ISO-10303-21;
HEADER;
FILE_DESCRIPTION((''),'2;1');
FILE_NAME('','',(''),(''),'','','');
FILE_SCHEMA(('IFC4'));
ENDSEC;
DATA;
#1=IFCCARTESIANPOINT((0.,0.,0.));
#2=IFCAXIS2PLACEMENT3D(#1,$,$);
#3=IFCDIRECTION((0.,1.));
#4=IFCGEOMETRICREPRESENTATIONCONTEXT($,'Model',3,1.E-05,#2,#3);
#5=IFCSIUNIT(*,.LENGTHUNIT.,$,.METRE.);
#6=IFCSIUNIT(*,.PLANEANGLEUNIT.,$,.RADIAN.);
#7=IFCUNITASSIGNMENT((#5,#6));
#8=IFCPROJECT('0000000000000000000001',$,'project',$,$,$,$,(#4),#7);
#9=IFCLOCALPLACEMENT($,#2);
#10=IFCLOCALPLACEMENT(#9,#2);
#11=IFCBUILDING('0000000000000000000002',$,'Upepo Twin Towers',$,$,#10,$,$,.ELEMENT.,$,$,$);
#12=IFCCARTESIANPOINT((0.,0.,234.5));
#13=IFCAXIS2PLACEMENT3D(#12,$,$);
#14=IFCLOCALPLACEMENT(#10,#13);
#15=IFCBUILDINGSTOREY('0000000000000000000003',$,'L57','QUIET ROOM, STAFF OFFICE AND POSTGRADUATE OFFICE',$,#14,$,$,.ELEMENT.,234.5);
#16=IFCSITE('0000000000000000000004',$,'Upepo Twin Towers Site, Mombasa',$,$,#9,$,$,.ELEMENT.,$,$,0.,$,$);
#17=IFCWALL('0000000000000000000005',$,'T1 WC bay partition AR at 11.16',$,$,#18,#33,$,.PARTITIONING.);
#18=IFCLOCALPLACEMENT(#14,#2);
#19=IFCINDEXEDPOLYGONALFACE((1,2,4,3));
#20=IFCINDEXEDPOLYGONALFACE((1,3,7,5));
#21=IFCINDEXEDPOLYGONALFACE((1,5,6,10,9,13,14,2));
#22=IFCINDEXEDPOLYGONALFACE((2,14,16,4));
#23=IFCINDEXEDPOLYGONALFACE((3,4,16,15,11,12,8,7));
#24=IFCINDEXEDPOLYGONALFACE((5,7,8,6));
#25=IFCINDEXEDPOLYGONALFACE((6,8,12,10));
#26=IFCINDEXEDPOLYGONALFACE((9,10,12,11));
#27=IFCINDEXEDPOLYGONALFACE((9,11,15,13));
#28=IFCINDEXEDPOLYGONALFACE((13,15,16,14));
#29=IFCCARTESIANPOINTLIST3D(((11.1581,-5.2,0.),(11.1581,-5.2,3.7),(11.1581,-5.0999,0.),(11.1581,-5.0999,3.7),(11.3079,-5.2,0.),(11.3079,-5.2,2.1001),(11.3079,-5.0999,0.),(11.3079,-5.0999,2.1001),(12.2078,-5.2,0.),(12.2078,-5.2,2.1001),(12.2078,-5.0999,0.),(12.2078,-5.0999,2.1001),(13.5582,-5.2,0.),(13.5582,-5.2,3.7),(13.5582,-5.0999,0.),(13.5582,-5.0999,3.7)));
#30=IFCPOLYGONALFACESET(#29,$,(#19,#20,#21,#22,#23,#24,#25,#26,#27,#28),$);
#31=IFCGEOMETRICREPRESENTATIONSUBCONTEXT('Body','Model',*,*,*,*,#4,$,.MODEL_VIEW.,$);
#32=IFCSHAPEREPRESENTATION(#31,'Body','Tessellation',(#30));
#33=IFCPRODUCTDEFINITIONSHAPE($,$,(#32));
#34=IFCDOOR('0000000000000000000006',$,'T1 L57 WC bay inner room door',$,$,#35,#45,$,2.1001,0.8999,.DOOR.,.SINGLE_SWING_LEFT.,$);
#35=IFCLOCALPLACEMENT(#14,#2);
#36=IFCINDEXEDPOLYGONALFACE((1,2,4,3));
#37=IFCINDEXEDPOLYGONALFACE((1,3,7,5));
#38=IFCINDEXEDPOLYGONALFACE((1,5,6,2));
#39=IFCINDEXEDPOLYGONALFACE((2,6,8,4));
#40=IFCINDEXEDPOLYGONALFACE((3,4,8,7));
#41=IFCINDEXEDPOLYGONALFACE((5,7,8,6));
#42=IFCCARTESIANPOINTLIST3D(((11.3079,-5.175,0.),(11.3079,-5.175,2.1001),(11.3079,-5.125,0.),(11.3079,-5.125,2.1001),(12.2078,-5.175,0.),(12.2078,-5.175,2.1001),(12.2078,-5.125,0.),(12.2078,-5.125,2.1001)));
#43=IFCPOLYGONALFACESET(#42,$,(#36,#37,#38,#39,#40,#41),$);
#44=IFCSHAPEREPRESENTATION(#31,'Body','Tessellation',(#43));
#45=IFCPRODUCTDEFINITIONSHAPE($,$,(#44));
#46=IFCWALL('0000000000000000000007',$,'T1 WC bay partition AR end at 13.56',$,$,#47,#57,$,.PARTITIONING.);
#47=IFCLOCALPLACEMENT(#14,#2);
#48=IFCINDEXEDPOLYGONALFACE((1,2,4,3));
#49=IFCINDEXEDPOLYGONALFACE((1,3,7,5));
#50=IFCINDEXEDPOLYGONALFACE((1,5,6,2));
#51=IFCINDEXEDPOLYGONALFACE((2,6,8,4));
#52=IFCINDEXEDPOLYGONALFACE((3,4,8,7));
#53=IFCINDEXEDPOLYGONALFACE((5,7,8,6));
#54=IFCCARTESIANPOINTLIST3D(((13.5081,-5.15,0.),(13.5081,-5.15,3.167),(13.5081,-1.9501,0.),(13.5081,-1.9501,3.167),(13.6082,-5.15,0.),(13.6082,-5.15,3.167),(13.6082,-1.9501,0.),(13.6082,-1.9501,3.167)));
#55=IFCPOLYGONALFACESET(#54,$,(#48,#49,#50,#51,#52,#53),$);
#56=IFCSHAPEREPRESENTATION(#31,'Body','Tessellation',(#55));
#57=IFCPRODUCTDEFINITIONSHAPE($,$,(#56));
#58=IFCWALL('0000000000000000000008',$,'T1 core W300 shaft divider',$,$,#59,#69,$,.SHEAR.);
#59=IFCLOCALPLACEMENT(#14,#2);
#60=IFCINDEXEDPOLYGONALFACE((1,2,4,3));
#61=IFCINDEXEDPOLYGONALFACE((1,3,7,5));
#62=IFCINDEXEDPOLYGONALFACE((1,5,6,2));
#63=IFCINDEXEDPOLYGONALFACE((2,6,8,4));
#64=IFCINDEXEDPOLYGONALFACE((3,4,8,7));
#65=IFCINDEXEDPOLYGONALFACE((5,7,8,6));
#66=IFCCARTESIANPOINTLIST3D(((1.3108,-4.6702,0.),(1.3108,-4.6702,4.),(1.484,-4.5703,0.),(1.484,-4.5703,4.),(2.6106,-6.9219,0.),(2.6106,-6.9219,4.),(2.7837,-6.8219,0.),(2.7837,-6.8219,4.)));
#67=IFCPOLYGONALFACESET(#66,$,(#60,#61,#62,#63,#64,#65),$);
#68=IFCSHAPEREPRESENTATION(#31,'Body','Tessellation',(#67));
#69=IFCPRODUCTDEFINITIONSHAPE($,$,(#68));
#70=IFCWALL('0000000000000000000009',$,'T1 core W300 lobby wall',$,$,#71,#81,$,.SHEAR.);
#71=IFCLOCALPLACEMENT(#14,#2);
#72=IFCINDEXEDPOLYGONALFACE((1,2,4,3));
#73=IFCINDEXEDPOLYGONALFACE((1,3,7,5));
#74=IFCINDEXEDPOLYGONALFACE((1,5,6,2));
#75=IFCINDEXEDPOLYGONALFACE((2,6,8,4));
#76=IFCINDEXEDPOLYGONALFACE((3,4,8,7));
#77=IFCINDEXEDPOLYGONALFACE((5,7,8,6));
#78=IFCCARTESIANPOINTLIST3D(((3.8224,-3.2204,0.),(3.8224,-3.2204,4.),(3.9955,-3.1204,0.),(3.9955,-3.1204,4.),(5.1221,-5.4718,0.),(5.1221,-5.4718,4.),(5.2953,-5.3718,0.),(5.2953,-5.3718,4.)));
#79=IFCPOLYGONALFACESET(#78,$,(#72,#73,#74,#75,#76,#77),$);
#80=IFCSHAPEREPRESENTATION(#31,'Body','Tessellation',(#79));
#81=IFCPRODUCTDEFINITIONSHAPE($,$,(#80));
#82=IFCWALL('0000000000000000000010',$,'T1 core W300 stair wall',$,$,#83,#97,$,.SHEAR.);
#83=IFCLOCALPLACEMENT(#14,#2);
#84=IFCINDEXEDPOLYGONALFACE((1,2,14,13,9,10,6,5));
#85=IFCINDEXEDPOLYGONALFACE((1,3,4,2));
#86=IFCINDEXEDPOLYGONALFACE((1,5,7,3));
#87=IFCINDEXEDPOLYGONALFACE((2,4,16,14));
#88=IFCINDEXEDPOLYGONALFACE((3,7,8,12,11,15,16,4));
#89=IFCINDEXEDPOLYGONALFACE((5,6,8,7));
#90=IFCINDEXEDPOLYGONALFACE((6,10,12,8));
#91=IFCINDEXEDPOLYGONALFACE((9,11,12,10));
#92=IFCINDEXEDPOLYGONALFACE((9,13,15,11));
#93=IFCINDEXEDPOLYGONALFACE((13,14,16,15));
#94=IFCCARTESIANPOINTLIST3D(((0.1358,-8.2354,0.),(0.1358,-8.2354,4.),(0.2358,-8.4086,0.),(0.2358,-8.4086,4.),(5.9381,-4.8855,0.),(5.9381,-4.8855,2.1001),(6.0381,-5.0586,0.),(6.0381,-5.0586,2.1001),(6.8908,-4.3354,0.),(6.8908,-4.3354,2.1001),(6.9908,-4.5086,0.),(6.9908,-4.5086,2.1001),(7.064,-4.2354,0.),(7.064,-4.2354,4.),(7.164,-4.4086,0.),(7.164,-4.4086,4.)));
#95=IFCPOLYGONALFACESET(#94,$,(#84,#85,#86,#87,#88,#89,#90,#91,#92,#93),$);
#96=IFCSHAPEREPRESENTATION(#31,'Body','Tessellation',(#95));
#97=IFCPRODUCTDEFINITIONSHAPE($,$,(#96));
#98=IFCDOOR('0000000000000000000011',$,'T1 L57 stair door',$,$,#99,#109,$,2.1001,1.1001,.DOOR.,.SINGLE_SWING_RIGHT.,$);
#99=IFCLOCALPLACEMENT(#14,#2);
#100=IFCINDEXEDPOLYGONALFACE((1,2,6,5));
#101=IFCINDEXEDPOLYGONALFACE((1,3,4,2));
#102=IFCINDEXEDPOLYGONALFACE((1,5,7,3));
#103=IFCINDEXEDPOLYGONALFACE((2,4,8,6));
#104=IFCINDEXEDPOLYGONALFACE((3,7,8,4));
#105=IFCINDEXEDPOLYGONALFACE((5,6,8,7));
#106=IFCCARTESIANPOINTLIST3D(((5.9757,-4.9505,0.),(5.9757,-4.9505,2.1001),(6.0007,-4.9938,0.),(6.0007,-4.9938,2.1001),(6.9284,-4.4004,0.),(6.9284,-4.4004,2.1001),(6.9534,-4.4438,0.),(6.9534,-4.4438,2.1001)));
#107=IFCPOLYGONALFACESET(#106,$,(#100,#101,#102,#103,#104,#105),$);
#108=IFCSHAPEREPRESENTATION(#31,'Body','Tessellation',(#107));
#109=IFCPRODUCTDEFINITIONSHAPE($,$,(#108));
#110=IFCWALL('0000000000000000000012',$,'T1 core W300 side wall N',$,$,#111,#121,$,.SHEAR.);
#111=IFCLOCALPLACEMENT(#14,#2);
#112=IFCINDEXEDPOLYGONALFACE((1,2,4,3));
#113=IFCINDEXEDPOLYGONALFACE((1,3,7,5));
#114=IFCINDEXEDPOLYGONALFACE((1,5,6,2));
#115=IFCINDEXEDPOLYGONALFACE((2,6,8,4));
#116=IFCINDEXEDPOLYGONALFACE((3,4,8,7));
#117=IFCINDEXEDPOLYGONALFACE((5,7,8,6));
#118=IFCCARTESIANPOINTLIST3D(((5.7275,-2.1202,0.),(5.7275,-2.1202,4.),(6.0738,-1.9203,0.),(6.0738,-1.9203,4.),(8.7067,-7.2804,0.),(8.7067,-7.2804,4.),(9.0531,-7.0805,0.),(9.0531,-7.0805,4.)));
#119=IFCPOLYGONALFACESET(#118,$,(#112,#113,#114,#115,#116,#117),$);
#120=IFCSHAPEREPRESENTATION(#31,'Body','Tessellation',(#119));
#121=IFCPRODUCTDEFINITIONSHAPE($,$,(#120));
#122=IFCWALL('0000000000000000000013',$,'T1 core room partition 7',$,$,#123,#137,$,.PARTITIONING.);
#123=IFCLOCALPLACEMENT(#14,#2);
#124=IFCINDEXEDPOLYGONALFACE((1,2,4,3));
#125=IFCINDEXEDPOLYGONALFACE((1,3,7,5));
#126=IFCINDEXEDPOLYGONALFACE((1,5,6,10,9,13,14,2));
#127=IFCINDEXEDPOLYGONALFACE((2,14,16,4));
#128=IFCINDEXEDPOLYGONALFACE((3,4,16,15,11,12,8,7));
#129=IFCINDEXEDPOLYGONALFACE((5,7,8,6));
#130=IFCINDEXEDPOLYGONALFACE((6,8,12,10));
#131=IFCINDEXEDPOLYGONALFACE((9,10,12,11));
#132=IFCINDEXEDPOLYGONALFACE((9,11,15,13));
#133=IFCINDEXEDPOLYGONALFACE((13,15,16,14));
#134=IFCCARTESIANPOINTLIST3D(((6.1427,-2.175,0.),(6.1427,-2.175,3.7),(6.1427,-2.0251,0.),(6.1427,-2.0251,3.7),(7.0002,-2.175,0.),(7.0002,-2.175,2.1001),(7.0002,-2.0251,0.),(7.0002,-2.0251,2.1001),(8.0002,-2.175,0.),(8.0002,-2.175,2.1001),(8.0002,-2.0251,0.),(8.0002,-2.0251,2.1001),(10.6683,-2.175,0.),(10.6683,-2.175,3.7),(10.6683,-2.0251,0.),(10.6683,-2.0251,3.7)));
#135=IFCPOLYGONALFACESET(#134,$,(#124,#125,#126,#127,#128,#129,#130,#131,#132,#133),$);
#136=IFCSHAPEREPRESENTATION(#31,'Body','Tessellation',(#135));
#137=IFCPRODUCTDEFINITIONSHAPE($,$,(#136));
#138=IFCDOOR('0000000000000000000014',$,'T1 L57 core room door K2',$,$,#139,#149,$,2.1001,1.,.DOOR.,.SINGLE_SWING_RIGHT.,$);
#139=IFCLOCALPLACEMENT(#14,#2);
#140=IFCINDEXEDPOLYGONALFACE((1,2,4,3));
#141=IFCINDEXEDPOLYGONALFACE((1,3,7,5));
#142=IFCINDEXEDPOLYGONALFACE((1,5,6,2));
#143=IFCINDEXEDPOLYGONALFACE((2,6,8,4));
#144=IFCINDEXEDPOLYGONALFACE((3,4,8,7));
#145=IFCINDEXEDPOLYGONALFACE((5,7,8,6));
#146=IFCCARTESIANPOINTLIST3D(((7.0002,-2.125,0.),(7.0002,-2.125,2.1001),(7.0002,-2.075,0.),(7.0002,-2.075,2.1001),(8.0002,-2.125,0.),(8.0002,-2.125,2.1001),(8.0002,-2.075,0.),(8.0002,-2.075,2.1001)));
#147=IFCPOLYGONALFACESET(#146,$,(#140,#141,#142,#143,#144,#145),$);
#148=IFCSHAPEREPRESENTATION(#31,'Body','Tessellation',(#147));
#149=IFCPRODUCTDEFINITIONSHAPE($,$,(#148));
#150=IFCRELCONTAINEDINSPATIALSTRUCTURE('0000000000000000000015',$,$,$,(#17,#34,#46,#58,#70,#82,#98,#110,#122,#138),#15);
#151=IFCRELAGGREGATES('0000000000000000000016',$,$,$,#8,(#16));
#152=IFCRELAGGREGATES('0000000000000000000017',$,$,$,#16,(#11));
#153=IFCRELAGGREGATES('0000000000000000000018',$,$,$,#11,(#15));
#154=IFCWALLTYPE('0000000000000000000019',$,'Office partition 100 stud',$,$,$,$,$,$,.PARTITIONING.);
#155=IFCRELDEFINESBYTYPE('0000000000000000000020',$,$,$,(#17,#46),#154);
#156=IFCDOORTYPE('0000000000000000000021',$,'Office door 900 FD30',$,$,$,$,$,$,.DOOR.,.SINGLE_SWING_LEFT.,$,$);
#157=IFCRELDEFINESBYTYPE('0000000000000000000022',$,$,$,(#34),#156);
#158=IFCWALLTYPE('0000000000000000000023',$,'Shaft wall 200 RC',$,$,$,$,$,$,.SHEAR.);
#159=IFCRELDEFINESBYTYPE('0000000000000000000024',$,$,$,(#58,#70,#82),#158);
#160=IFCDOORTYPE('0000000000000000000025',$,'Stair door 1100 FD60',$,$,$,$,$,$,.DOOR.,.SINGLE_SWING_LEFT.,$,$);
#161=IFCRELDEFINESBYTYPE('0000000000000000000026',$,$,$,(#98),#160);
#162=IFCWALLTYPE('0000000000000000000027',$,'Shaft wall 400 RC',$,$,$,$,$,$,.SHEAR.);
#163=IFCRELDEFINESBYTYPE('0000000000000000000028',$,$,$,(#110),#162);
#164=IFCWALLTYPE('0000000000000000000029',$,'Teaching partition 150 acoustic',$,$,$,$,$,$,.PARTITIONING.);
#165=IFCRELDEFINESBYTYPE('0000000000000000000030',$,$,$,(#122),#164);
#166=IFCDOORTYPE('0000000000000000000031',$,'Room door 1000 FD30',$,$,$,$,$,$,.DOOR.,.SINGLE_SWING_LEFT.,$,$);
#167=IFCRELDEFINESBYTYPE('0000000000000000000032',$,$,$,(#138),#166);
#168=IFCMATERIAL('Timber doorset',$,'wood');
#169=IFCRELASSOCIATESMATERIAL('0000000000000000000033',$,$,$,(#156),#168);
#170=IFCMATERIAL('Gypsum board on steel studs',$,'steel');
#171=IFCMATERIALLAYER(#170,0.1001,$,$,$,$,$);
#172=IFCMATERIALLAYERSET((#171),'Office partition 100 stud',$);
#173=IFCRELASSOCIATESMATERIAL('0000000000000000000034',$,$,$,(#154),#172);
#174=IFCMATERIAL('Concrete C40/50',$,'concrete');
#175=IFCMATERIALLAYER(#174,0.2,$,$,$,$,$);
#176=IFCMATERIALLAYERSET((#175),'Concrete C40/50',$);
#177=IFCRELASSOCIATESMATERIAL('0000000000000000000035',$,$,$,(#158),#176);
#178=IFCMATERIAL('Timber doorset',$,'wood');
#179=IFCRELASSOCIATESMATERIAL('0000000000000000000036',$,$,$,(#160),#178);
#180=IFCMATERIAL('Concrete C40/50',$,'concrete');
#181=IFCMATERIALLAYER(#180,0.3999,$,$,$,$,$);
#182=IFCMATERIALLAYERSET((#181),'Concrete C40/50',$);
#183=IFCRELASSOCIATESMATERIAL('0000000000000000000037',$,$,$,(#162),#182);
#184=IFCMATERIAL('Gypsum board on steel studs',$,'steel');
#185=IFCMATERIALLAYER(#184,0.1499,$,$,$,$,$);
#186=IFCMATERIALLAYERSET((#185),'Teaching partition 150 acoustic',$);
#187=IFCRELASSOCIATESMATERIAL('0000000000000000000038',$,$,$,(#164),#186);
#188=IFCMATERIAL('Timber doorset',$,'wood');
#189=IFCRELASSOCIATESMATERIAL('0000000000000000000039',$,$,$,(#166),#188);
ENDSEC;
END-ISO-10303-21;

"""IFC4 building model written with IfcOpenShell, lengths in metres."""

from ifc_helpers import new_model, si_unit, direction, frame, frame_2d, origin, place, context, subcontext, project, spatial, rectangle, extrude, material, layer, layer_set, type_object, element, fill, save


model = new_model("IFC4")

# Units and contexts
model_context = context("Model", 3, precision=1e-05, world=origin(), true_north=direction((0.0, 1.0)))
body_context = subcontext(model_context, "Body", "Model", "MODEL_VIEW")
ifc_project = project(units=[si_unit("LENGTHUNIT", "METRE"), si_unit("PLANEANGLEUNIT", "RADIAN")], contexts=[model_context])

# Site, building, storey
site_placement = place(None, origin())
site = spatial("IfcSite", under=ifc_project, at=site_placement, Name="Upepo Twin Towers Site, Mombasa", CompositionType="ELEMENT", RefElevation=0.0)
building_placement = place(site_placement, origin())
building = spatial("IfcBuilding", under=site, at=building_placement, Name="Upepo Twin Towers", CompositionType="ELEMENT")
storey_placement = place(building_placement, frame((0.0, 0.0, 234.5)))
storey = spatial("IfcBuildingStorey", under=building, at=storey_placement, Name="L57", Description="QUIET ROOM, STAFF OFFICE AND POSTGRADUATE OFFICE", CompositionType="ELEMENT", Elevation=234.5)

# Shared definitions
ifc_material_1 = material(Name="Timber doorset", Category="wood")
door_type_1 = type_object("IfcDoorType", Name="Office door 900 FD30", OperationType="SINGLE_SWING_LEFT", PredefinedType="DOOR", material=ifc_material_1)

# Shared definitions
ifc_material_2 = material(Name="Gypsum board on steel studs", Category="steel")
ifc_layer_1 = layer(ifc_material_2, 0.1001)
ifc_layer_set_1 = layer_set([ifc_layer_1], Name="Office partition 100 stud")
wall_type_1 = type_object("IfcWallType", Name="Office partition 100 stud", PredefinedType="PARTITIONING", material=ifc_layer_set_1)

# Wall, opening, door
wall_1_placement = place(storey_placement, frame((11.158, -5.1499, 0.0), z_axis=(0.0, 0.0, 1.0), x_axis=(1.0, 0.0, 0.0)))
wall_1 = element("IfcWall", 1, at=wall_1_placement, inside=storey, type_object=wall_type_1, Name="T1 WC bay partition AR at 11.16", PredefinedType="PARTITIONING", context=body_context, shape_type="SweptSolid", body=[
    extrude(rectangle(XDim=2.4001, YDim=0.1001, at=frame_2d((1.2002, 0.0))), origin(), (0.0, 0.0, 1.0), 3.7),
])
opening_1_placement = place(wall_1_placement, frame((0.1499, 0.0, 0.0)))
opening_1 = element("IfcOpeningElement", 2, at=opening_1_placement, cuts=wall_1, PredefinedType="OPENING", context=body_context, shape_type="SweptSolid", body=[
    extrude(rectangle(XDim=0.8999, YDim=2.1001, at=frame_2d((0.45, 1.05))), frame((0.0, 0.0601, 0.0), z_axis=(0.0, -1.0, 0.0), x_axis=(1.0, 0.0, 0.0)), (0.0, 0.0, 1.0), 0.1201),
])
door_1_placement = place(opening_1_placement, origin())
door_1 = element("IfcDoor", 3, at=door_1_placement, inside=storey, type_object=door_type_1, Name="T1 L57 WC bay inner room door", OperationType="SINGLE_SWING_LEFT", OverallHeight=2.1001, OverallWidth=0.8999, PredefinedType="DOOR", context=body_context, shape_type="SweptSolid", body=[
    extrude(rectangle(XDim=0.8999, YDim=2.1001, at=frame_2d((0.45, 1.05))), frame((0.0, 0.0249, 0.0), z_axis=(0.0, -1.0, 0.0), x_axis=(1.0, 0.0, 0.0)), (0.0, 0.0, 1.0), 0.05),
])
fill(opening_1, door_1)

# Walls
wall_2_placement = place(storey_placement, frame((13.5581, -1.95, 0.0), z_axis=(0.0, 0.0, 1.0), x_axis=(0.0, -1.0, 0.0)))
element("IfcWall", 4, at=wall_2_placement, inside=storey, type_object=wall_type_1, Name="T1 WC bay partition AR end at 13.56", PredefinedType="PARTITIONING", context=body_context, shape_type="SweptSolid", body=[
    extrude(rectangle(XDim=3.2, YDim=0.1001, at=frame_2d((1.6001, 0.0))), origin(), (0.0, 0.0, 1.0), 3.167),
])
ifc_material_3 = material(Name="Concrete C40/50", Category="concrete")
ifc_layer_2 = layer(ifc_material_3, 0.2)
ifc_layer_set_2 = layer_set([ifc_layer_2], Name="Concrete C40/50")
wall_type_2 = type_object("IfcWallType", Name="Shaft wall 200 RC", PredefinedType="SHEAR", material=ifc_layer_set_2)
wall_3_placement = place(storey_placement, frame((1.3975, -4.6204, 0.0), z_axis=(0.0, 0.0, 1.0), x_axis=(0.499937, -0.866062, 0.0)))
element("IfcWall", 5, at=wall_3_placement, inside=storey, type_object=wall_type_2, Name="T1 core W300 shaft divider", PredefinedType="SHEAR", context=body_context, shape_type="SweptSolid", body=[
    extrude(rectangle(XDim=2.5999, YDim=0.2, at=frame_2d((1.2998, 0.0))), origin(), (0.0, 0.0, 1.0), 4.0),
])
wall_4_placement = place(storey_placement, frame((3.9089, -3.1704, 0.0), z_axis=(0.0, 0.0, 1.0), x_axis=(0.499977, -0.866039, 0.0)))
element("IfcWall", 6, at=wall_4_placement, inside=storey, type_object=wall_type_2, Name="T1 core W300 lobby wall", PredefinedType="SHEAR", context=body_context, shape_type="SweptSolid", body=[
    extrude(rectangle(XDim=2.5996, YDim=0.2, at=frame_2d((1.2998, 0.0))), origin(), (0.0, 0.0, 1.0), 4.0),
])

# Wall, opening, door
wall_5_placement = place(storey_placement, frame((0.1858, -8.322, 0.0), z_axis=(0.0, 0.0, 1.0), x_axis=(0.866026, 0.499999, 0.0)))
wall_5 = element("IfcWall", 7, at=wall_5_placement, inside=storey, type_object=wall_type_2, Name="T1 core W300 stair wall", PredefinedType="SHEAR", context=body_context, shape_type="SweptSolid", body=[
    extrude(rectangle(XDim=8.0, YDim=0.2, at=frame_2d((4.0, 0.0))), origin(), (0.0, 0.0, 1.0), 4.0),
])
opening_2_placement = place(wall_5_placement, frame((6.7, 0.0, 0.0)))
opening_2 = element("IfcOpeningElement", 8, at=opening_2_placement, cuts=wall_5, PredefinedType="OPENING", context=body_context, shape_type="SweptSolid", body=[
    extrude(rectangle(XDim=1.1001, YDim=2.1001, at=frame_2d((0.55, 1.05))), frame((0.0, 0.1099, 0.0), z_axis=(0.0, -1.0, 0.0), x_axis=(1.0, 0.0, 0.0)), (0.0, 0.0, 1.0), 0.22),
])
ifc_material_4 = material(Name="Timber doorset", Category="wood")
door_type_2 = type_object("IfcDoorType", Name="Stair door 1100 FD60", OperationType="SINGLE_SWING_LEFT", PredefinedType="DOOR", material=ifc_material_4)
door_2_placement = place(opening_2_placement, origin())
door_2 = element("IfcDoor", 9, at=door_2_placement, inside=storey, type_object=door_type_2, Name="T1 L57 stair door", OperationType="SINGLE_SWING_RIGHT", OverallHeight=2.1001, OverallWidth=1.1001, PredefinedType="DOOR", context=body_context, shape_type="SweptSolid", body=[
    extrude(rectangle(XDim=1.1001, YDim=2.1001, at=frame_2d((0.55, 1.05))), frame((0.0, 0.0249, 0.0), z_axis=(0.0, -1.0, 0.0), x_axis=(1.0, 0.0, 0.0)), (0.0, 0.0, 1.0), 0.05),
])
fill(opening_2, door_2)

# Wall
ifc_material_5 = material(Name="Concrete C40/50", Category="concrete")
ifc_layer_3 = layer(ifc_material_5, 0.3999)
ifc_layer_set_3 = layer_set([ifc_layer_3], Name="Concrete C40/50")
wall_type_3 = type_object("IfcWallType", Name="Shaft wall 400 RC", PredefinedType="SHEAR", material=ifc_layer_set_3)
wall_6_placement = place(storey_placement, frame((5.9006, -2.0203, 0.0), z_axis=(0.0, 0.0, 1.0), x_axis=(0.500004, -0.866023, 0.0)))
element("IfcWall", 10, at=wall_6_placement, inside=storey, type_object=wall_type_3, Name="T1 core W300 side wall N", PredefinedType="SHEAR", context=body_context, shape_type="SweptSolid", body=[
    extrude(rectangle(XDim=5.9585, YDim=0.3999, at=frame_2d((2.9792, 0.0))), origin(), (0.0, 0.0, 1.0), 4.0),
])

# Wall, opening, door
ifc_material_6 = material(Name="Gypsum board on steel studs", Category="steel")
ifc_layer_4 = layer(ifc_material_6, 0.1499)
ifc_layer_set_4 = layer_set([ifc_layer_4], Name="Teaching partition 150 acoustic")
wall_type_4 = type_object("IfcWallType", Name="Teaching partition 150 acoustic", PredefinedType="PARTITIONING", material=ifc_layer_set_4)
wall_7_placement = place(storey_placement, frame((10.6682, -2.1001, 0.0), z_axis=(0.0, 0.0, 1.0), x_axis=(-1.0, 0.0, 0.0)))
wall_7 = element("IfcWall", 11, at=wall_7_placement, inside=storey, type_object=wall_type_4, Name="T1 core room partition 7", PredefinedType="PARTITIONING", context=body_context, shape_type="SweptSolid", body=[
    extrude(rectangle(XDim=4.5256, YDim=0.1499, at=frame_2d((2.2627, 0.0))), origin(), (0.0, 0.0, 1.0), 3.7),
])
opening_3_placement = place(wall_7_placement, frame((2.668, 0.0, 0.0)))
opening_3 = element("IfcOpeningElement", 12, at=opening_3_placement, cuts=wall_7, PredefinedType="OPENING", context=body_context, shape_type="SweptSolid", body=[
    extrude(rectangle(XDim=1.0, YDim=2.1001, at=frame_2d((0.5, 1.05))), frame((0.0, 0.085, 0.0), z_axis=(0.0, -1.0, 0.0), x_axis=(1.0, 0.0, 0.0)), (0.0, 0.0, 1.0), 0.1699),
])
ifc_material_7 = material(Name="Timber doorset", Category="wood")
door_type_3 = type_object("IfcDoorType", Name="Room door 1000 FD30", OperationType="SINGLE_SWING_LEFT", PredefinedType="DOOR", material=ifc_material_7)
door_3_placement = place(opening_3_placement, origin())
door_3 = element("IfcDoor", 13, at=door_3_placement, inside=storey, type_object=door_type_3, Name="T1 L57 core room door K2", OperationType="SINGLE_SWING_RIGHT", OverallHeight=2.1001, OverallWidth=1.0, PredefinedType="DOOR", context=body_context, shape_type="SweptSolid", body=[
    extrude(rectangle(XDim=1.0, YDim=2.1001, at=frame_2d((0.5, 1.05))), frame((0.0, 0.0249, 0.0), z_axis=(0.0, -1.0, 0.0), x_axis=(1.0, 0.0, 0.0)), (0.0, 0.0, 1.0), 0.05),
])
fill(opening_3, door_3)

save(model, "model.ifc")
